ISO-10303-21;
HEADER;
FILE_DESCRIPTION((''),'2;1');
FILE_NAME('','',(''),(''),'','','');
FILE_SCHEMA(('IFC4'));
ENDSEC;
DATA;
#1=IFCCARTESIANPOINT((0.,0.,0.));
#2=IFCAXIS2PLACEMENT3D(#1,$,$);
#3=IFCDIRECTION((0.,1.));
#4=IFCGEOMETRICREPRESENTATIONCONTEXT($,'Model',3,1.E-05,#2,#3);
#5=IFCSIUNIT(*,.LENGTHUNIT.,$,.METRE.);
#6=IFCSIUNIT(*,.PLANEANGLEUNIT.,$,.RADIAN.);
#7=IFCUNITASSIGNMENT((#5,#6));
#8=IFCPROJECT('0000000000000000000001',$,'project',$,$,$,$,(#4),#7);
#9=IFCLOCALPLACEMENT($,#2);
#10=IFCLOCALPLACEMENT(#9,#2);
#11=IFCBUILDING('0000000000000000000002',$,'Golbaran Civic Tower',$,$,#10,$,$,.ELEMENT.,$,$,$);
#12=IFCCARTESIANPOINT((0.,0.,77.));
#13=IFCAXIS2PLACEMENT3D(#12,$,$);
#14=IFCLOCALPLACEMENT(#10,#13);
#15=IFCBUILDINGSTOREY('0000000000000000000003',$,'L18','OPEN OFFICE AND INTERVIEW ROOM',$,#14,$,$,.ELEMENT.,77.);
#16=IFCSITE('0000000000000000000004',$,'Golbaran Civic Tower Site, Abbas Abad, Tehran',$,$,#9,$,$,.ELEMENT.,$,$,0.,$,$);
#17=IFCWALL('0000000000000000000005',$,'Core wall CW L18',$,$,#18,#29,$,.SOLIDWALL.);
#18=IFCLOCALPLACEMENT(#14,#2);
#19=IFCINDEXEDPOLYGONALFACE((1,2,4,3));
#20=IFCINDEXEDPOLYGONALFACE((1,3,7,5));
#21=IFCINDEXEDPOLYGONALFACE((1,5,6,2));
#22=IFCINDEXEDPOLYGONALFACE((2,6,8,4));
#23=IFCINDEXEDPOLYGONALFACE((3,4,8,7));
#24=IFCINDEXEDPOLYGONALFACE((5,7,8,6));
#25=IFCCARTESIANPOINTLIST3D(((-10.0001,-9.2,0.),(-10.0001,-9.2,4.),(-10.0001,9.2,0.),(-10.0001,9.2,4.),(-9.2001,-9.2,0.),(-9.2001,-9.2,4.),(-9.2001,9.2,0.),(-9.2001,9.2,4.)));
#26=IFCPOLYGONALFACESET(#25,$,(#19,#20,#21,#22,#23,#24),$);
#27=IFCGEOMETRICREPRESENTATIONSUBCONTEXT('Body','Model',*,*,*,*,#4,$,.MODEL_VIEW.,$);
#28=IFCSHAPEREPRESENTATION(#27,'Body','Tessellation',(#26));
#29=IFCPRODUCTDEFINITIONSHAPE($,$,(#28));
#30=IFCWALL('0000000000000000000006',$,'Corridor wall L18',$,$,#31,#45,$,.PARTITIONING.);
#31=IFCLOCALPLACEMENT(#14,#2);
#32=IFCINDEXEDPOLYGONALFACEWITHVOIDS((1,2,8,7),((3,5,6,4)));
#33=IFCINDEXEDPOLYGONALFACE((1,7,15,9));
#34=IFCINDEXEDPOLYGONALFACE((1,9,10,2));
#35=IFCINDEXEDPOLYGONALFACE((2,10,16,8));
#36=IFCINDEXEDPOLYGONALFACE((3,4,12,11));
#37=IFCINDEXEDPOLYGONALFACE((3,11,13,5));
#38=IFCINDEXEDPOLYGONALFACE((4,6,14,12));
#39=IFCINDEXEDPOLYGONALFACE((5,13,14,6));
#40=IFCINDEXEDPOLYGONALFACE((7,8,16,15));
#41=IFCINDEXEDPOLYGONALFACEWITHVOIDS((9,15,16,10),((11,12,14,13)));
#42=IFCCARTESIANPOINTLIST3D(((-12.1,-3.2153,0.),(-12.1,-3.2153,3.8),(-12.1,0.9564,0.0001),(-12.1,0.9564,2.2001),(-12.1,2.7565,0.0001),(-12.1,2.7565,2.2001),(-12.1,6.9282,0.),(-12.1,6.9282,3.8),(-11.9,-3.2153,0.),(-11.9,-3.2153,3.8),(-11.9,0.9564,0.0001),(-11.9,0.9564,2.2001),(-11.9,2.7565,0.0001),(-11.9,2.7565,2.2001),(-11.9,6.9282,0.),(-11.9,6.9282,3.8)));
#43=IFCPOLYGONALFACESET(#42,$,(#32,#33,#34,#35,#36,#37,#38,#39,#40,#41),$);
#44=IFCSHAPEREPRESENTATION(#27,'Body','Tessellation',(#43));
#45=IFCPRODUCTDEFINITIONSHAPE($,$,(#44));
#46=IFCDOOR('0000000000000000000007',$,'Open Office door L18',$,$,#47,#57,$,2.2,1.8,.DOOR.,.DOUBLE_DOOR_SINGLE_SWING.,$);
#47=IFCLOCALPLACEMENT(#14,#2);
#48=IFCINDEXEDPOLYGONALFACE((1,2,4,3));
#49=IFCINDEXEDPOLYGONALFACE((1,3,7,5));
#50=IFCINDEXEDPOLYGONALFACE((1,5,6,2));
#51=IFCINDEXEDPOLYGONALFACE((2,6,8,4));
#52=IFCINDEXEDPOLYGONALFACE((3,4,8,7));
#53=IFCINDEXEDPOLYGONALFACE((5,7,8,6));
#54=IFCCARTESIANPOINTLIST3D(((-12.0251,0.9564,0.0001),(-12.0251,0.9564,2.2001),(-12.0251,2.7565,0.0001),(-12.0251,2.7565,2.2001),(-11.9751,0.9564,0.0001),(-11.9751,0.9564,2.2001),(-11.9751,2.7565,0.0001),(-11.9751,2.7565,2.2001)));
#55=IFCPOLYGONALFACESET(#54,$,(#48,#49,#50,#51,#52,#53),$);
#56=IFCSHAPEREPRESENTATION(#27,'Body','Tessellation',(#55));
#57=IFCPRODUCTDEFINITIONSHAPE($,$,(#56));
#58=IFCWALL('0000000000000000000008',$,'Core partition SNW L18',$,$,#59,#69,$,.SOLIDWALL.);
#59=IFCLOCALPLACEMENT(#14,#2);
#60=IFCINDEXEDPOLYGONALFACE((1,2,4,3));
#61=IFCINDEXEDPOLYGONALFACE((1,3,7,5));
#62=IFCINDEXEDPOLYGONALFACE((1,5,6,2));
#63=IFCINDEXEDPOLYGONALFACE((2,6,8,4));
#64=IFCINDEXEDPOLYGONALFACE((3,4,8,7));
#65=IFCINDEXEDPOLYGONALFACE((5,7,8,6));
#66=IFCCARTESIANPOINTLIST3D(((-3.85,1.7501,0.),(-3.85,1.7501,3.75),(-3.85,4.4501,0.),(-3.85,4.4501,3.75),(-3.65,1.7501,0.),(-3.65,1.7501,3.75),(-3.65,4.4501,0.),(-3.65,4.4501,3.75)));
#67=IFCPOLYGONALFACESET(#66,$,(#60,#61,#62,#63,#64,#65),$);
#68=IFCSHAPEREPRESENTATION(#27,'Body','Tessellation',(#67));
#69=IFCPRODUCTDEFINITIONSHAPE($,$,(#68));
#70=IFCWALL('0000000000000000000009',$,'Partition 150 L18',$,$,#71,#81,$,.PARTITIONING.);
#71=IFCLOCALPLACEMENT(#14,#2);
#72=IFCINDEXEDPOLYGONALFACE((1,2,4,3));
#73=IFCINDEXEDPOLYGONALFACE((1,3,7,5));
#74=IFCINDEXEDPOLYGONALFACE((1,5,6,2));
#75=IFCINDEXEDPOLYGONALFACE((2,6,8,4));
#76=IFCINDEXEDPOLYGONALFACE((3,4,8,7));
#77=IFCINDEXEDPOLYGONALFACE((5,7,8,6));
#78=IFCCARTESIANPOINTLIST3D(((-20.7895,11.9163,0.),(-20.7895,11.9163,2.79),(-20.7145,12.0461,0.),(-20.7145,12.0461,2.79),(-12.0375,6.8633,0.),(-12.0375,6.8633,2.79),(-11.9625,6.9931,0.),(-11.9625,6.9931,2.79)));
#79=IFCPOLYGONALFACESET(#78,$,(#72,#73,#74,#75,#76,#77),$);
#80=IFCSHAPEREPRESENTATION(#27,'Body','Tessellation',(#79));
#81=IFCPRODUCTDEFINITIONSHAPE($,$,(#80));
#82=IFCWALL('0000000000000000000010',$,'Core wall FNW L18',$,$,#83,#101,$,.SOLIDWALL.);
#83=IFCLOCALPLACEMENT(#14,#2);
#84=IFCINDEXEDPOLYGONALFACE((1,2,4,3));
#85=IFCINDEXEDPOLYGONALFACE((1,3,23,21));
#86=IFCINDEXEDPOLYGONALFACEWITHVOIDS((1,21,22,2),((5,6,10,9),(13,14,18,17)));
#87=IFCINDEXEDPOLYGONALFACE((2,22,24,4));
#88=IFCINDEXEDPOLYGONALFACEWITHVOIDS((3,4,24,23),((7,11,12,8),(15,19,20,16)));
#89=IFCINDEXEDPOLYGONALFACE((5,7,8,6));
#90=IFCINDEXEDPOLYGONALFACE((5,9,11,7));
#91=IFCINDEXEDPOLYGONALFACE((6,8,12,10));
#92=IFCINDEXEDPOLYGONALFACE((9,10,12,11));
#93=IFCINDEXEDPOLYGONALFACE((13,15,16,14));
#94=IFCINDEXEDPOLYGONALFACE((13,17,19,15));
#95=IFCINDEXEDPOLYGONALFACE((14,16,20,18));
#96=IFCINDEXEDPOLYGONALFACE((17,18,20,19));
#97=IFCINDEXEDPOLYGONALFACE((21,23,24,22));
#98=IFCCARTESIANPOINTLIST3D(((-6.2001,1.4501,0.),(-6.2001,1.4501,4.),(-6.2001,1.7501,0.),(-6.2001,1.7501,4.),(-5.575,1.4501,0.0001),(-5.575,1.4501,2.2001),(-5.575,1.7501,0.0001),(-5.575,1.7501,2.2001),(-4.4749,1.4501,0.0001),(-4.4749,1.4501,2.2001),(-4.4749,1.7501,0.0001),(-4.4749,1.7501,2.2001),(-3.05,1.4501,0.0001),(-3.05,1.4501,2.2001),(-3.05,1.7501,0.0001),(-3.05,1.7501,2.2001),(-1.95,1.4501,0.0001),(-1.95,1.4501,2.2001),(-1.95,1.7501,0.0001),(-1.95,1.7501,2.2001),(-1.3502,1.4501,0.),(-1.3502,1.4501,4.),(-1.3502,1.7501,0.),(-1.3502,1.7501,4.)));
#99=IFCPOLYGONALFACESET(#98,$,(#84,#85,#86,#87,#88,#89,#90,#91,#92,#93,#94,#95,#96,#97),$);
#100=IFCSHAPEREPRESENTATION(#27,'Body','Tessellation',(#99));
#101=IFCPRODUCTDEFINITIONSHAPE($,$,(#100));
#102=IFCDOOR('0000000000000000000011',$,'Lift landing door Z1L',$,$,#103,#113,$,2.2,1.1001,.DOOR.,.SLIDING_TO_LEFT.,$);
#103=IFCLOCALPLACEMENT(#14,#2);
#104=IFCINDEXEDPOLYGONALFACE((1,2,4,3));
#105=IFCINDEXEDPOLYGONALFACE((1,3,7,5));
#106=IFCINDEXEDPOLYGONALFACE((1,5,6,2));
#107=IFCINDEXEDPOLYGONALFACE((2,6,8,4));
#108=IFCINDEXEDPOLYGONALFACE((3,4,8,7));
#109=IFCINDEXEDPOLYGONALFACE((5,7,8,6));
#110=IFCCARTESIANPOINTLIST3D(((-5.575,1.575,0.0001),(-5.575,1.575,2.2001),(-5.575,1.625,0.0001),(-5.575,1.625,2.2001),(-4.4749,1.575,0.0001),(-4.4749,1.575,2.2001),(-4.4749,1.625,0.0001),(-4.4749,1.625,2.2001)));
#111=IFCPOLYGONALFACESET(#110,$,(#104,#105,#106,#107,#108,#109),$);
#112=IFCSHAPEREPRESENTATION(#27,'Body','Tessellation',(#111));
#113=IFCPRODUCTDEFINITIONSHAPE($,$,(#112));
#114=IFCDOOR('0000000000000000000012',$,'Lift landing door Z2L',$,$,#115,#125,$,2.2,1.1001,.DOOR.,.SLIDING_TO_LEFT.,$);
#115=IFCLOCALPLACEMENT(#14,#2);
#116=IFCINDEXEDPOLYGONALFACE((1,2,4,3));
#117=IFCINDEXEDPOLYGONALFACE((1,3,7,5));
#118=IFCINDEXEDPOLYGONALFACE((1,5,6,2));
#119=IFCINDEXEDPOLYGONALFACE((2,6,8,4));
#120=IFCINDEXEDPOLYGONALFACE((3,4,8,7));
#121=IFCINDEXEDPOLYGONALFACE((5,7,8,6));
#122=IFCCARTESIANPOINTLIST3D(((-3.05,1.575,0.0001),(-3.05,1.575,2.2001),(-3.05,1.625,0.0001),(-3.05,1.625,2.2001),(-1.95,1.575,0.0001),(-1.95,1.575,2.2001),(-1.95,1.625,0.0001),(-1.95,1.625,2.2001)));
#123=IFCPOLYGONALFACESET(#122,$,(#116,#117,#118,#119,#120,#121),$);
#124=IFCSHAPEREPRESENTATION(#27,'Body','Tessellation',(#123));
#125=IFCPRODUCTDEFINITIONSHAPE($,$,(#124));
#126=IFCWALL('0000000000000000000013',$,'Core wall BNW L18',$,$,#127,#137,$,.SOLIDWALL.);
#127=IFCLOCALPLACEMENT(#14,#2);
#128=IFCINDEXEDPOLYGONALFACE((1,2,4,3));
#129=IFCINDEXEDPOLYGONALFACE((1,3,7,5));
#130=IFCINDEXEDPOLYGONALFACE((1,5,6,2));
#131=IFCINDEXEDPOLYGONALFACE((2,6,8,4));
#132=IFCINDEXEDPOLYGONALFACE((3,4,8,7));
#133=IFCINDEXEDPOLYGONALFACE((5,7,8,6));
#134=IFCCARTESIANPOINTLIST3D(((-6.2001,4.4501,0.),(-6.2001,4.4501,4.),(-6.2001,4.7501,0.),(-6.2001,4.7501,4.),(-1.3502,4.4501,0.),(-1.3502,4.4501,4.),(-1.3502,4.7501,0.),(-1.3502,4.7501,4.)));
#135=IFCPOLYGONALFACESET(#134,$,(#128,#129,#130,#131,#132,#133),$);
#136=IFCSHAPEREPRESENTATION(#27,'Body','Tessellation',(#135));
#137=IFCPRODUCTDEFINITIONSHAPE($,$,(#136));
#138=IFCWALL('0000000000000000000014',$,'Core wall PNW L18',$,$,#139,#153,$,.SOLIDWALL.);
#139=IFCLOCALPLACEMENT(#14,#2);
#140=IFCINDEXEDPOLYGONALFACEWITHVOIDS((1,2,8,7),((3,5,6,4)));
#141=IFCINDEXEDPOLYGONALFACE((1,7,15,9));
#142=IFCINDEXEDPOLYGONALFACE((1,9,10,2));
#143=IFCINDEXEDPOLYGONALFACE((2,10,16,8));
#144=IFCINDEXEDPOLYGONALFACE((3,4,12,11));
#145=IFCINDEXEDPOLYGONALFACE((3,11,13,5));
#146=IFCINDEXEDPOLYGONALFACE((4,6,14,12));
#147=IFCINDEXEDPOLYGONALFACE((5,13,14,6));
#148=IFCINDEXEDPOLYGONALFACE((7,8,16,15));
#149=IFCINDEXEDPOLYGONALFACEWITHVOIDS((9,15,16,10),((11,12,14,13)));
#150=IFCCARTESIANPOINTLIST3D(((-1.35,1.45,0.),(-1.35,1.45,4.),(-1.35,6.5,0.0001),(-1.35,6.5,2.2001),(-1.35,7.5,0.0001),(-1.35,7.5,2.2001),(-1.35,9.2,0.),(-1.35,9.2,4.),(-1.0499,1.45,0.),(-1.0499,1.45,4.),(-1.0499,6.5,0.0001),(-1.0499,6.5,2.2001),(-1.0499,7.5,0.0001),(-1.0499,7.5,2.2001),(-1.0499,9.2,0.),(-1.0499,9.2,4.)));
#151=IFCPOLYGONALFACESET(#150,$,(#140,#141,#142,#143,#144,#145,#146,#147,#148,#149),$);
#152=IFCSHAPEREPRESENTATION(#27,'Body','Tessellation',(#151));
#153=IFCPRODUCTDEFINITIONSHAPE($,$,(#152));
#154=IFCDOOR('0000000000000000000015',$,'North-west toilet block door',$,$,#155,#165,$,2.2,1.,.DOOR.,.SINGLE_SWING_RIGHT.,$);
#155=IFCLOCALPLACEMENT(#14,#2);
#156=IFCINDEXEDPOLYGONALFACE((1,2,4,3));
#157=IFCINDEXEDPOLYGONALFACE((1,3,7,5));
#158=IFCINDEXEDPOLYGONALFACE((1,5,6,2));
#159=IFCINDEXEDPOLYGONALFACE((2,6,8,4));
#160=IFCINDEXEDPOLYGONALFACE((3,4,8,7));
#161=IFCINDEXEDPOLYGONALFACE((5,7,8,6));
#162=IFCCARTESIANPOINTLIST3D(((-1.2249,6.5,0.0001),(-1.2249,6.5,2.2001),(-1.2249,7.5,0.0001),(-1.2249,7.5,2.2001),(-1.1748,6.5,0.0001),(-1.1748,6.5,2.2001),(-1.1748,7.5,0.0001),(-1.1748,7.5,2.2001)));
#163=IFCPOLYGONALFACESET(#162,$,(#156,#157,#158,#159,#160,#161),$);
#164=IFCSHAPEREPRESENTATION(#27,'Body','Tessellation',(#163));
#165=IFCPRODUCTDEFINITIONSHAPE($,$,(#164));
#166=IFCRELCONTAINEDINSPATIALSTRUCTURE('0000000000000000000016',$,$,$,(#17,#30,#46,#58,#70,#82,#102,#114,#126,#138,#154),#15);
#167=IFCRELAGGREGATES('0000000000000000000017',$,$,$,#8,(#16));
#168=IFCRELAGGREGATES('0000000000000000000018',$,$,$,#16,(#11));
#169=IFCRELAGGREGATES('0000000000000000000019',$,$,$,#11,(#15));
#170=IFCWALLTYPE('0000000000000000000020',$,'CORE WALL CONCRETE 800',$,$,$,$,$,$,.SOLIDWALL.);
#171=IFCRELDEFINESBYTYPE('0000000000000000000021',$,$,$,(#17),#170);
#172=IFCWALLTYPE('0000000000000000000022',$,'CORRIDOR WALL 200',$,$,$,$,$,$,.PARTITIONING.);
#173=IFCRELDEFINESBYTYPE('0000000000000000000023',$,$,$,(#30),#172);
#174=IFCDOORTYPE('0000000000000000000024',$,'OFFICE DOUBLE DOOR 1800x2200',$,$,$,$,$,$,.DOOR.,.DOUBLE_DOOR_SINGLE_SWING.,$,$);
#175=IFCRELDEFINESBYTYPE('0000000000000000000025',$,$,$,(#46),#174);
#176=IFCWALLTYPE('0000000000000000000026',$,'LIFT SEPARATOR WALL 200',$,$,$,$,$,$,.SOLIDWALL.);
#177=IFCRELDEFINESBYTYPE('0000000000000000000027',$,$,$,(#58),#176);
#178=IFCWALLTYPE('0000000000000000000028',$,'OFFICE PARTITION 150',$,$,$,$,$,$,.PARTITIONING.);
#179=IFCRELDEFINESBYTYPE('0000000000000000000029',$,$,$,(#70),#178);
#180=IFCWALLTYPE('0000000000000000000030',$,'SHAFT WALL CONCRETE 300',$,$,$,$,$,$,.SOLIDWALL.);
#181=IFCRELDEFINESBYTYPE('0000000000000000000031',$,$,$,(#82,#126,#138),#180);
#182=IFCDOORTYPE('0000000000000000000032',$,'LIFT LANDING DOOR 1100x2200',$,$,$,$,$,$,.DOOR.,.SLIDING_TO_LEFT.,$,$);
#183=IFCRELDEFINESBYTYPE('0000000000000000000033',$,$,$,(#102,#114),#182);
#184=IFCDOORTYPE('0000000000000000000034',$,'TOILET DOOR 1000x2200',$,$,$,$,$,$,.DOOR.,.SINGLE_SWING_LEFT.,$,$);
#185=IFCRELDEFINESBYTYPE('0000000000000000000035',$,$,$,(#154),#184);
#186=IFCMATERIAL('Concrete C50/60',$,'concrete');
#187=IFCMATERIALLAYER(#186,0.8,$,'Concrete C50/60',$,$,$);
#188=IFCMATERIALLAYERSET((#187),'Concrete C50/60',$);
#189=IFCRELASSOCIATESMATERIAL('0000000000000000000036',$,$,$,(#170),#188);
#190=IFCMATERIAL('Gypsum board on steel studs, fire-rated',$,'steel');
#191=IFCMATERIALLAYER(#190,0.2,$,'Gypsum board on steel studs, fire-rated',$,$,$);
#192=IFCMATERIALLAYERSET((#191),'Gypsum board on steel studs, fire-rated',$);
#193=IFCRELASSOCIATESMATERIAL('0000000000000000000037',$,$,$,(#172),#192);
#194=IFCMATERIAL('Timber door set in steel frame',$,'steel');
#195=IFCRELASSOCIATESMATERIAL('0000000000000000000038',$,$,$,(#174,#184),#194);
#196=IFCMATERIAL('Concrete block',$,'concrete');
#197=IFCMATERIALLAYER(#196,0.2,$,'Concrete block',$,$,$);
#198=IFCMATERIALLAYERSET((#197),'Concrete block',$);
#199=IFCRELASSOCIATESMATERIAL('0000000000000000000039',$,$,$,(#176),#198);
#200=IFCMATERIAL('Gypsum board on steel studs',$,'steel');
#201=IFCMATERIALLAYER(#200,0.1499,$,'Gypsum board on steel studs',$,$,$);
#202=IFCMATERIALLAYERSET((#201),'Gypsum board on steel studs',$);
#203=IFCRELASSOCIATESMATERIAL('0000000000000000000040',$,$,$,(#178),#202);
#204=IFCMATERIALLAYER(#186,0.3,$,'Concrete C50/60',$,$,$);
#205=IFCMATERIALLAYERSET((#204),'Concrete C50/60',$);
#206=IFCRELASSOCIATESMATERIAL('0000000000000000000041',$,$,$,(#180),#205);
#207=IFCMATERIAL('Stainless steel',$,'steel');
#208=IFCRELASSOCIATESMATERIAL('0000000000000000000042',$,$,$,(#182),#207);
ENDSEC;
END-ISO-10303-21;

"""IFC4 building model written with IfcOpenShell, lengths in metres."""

from ifc_helpers import new_model, si_unit, direction, frame, frame_2d, origin, place, context, subcontext, project, spatial, rectangle, extrude, material, layer, layer_set, type_object, element, fill, save


model = new_model("IFC4")

# Units and contexts
model_context = context("Model", 3, precision=1e-05, world=origin(), true_north=direction((0.0, 1.0)))
body_context = subcontext(model_context, "Body", "Model", "MODEL_VIEW")
ifc_project = project(units=[si_unit("LENGTHUNIT", "METRE"), si_unit("PLANEANGLEUNIT", "RADIAN")], contexts=[model_context])

# Site, building, storey
site_placement = place(None, origin())
site = spatial("IfcSite", under=ifc_project, at=site_placement, Name="Golbaran Civic Tower Site, Abbas Abad, Tehran", CompositionType="ELEMENT", RefElevation=0.0)
building_placement = place(site_placement, origin())
building = spatial("IfcBuilding", under=site, at=building_placement, Name="Golbaran Civic Tower", CompositionType="ELEMENT")
storey_placement = place(building_placement, frame((0.0, 0.0, 77.0)))
storey = spatial("IfcBuildingStorey", under=building, at=storey_placement, Name="L18", Description="OPEN OFFICE AND INTERVIEW ROOM", CompositionType="ELEMENT", Elevation=77.0)

# Wall
ifc_material_1 = material(Name="Concrete C50/60", Category="concrete")
ifc_layer_1 = layer(ifc_material_1, 0.8, Name="Concrete C50/60")
ifc_layer_set_1 = layer_set([ifc_layer_1], Name="Concrete C50/60")
wall_type_1 = type_object("IfcWallType", Name="CORE WALL CONCRETE 800", PredefinedType="SOLIDWALL", material=ifc_layer_set_1)
wall_1_placement = place(storey_placement, frame((-9.6001, 9.2, 0.0), z_axis=(0.0, 0.0, 1.0), x_axis=(0.0, -1.0, 0.0)))
element("IfcWall", 1, at=wall_1_placement, inside=storey, type_object=wall_type_1, Name="Core wall CW L18", PredefinedType="SOLIDWALL", context=body_context, shape_type="SweptSolid", body=[
    extrude(rectangle(XDim=18.3999, YDim=0.8, at=frame_2d((9.2, 0.0))), origin(), (0.0, 0.0, 1.0), 4.0),
])

# Wall, opening, door
ifc_material_2 = material(Name="Gypsum board on steel studs, fire-rated", Category="steel")
ifc_layer_2 = layer(ifc_material_2, 0.2, Name="Gypsum board on steel studs, fire-rated")
ifc_layer_set_2 = layer_set([ifc_layer_2], Name="Gypsum board on steel studs, fire-rated")
wall_type_2 = type_object("IfcWallType", Name="CORRIDOR WALL 200", PredefinedType="PARTITIONING", material=ifc_layer_set_2)
wall_2_placement = place(storey_placement, frame((-12.0, 6.9282, 0.0), z_axis=(0.0, 0.0, 1.0), x_axis=(0.0, -1.0, 0.0)))
wall_2 = element("IfcWall", 2, at=wall_2_placement, inside=storey, type_object=wall_type_2, Name="Corridor wall L18", PredefinedType="PARTITIONING", context=body_context, shape_type="SweptSolid", body=[
    extrude(rectangle(XDim=10.1436, YDim=0.2, at=frame_2d((5.0718, 0.0))), origin(), (0.0, 0.0, 1.0), 3.8),
])
opening_1_placement = place(wall_2_placement, frame((4.1719, 0.0, 0.0)))
opening_1 = element("IfcOpeningElement", 3, at=opening_1_placement, cuts=wall_2, PredefinedType="OPENING", context=body_context, shape_type="SweptSolid", body=[
    extrude(rectangle(XDim=1.8, YDim=2.2, at=frame_2d((0.8999, 1.1001))), frame((0.0, 0.1099, 0.0), z_axis=(0.0, -1.0, 0.0), x_axis=(1.0, 0.0, 0.0)), (0.0, 0.0, 1.0), 0.22),
])
ifc_material_3 = material(Name="Timber door set in steel frame", Category="steel")
door_type_1 = type_object("IfcDoorType", Name="OFFICE DOUBLE DOOR 1800x2200", OperationType="DOUBLE_DOOR_SINGLE_SWING", PredefinedType="DOOR", material=ifc_material_3)
door_1_placement = place(opening_1_placement, origin())
door_1 = element("IfcDoor", 4, at=door_1_placement, inside=storey, type_object=door_type_1, Name="Open Office door L18", OperationType="DOUBLE_DOOR_SINGLE_SWING", OverallHeight=2.2, OverallWidth=1.8, PredefinedType="DOOR", context=body_context, shape_type="SweptSolid", body=[
    extrude(rectangle(XDim=1.8, YDim=2.2, at=frame_2d((0.8999, 1.1001))), frame((0.0, 0.0249, 0.0), z_axis=(0.0, -1.0, 0.0), x_axis=(1.0, 0.0, 0.0)), (0.0, 0.0, 1.0), 0.05),
])
fill(opening_1, door_1)

# Walls
ifc_material_4 = material(Name="Concrete block", Category="concrete")
ifc_layer_3 = layer(ifc_material_4, 0.2, Name="Concrete block")
ifc_layer_set_3 = layer_set([ifc_layer_3], Name="Concrete block")
wall_type_3 = type_object("IfcWallType", Name="LIFT SEPARATOR WALL 200", PredefinedType="SOLIDWALL", material=ifc_layer_set_3)
wall_3_placement = place(storey_placement, frame((-3.75, 1.75, 0.0), z_axis=(0.0, 0.0, 1.0), x_axis=(0.0, 1.0, 0.0)))
element("IfcWall", 5, at=wall_3_placement, inside=storey, type_object=wall_type_3, Name="Core partition SNW L18", PredefinedType="SOLIDWALL", context=body_context, shape_type="SweptSolid", body=[
    extrude(rectangle(XDim=2.7, YDim=0.2, at=frame_2d((1.3501, 0.0))), origin(), (0.0, 0.0, 1.0), 3.75),
])
ifc_material_5 = material(Name="Gypsum board on steel studs", Category="steel")
ifc_layer_4 = layer(ifc_material_5, 0.1499, Name="Gypsum board on steel studs")
ifc_layer_set_4 = layer_set([ifc_layer_4], Name="Gypsum board on steel studs")
wall_type_4 = type_object("IfcWallType", Name="OFFICE PARTITION 150", PredefinedType="PARTITIONING", material=ifc_layer_set_4)
wall_4_placement = place(storey_placement, frame((-12.0, 6.9282, 0.0), z_axis=(0.0, 0.0, 1.0), x_axis=(-0.866024, 0.500003, 0.0)))
element("IfcWall", 6, at=wall_4_placement, inside=storey, type_object=wall_type_4, Name="Partition 150 L18", PredefinedType="PARTITIONING", context=body_context, shape_type="SweptSolid", body=[
    extrude(rectangle(XDim=10.106, YDim=0.1499, at=frame_2d((5.053, 0.0))), origin(), (0.0, 0.0, 1.0), 2.79),
])

# Wall, openings, doors
ifc_layer_5 = layer(ifc_material_1, 0.3, Name="Concrete C50/60")
ifc_layer_set_5 = layer_set([ifc_layer_5], Name="Concrete C50/60")
wall_type_5 = type_object("IfcWallType", Name="SHAFT WALL CONCRETE 300", PredefinedType="SOLIDWALL", material=ifc_layer_set_5)
wall_5_placement = place(storey_placement, frame((-6.2, 1.6001, 0.0), z_axis=(0.0, 0.0, 1.0), x_axis=(1.0, 0.0, 0.0)))
wall_5 = element("IfcWall", 7, at=wall_5_placement, inside=storey, type_object=wall_type_5, Name="Core wall FNW L18", PredefinedType="SOLIDWALL", context=body_context, shape_type="SweptSolid", body=[
    extrude(rectangle(XDim=4.8499, YDim=0.3, at=frame_2d((2.4248, 0.0))), origin(), (0.0, 0.0, 1.0), 4.0),
])
opening_2_placement = place(wall_5_placement, frame((0.625, 0.0, 0.0)))
opening_2 = element("IfcOpeningElement", 8, at=opening_2_placement, cuts=wall_5, PredefinedType="OPENING", context=body_context, shape_type="SweptSolid", body=[
    extrude(rectangle(XDim=1.1001, YDim=2.2, at=frame_2d((0.55, 1.1001))), frame((0.0, 0.1599, 0.0), z_axis=(0.0, -1.0, 0.0), x_axis=(1.0, 0.0, 0.0)), (0.0, 0.0, 1.0), 0.3201),
])
opening_3_placement = place(wall_5_placement, frame((3.1499, 0.0, 0.0)))
opening_3 = element("IfcOpeningElement", 9, at=opening_3_placement, cuts=wall_5, PredefinedType="OPENING", context=body_context, shape_type="SweptSolid", body=[
    extrude(rectangle(XDim=1.1001, YDim=2.2, at=frame_2d((0.55, 1.1001))), frame((0.0, 0.1599, 0.0), z_axis=(0.0, -1.0, 0.0), x_axis=(1.0, 0.0, 0.0)), (0.0, 0.0, 1.0), 0.3201),
])
ifc_material_6 = material(Name="Stainless steel", Category="steel")
door_type_2 = type_object("IfcDoorType", Name="LIFT LANDING DOOR 1100x2200", OperationType="SLIDING_TO_LEFT", PredefinedType="DOOR", material=ifc_material_6)
door_2_placement = place(opening_2_placement, origin())
door_2 = element("IfcDoor", 10, at=door_2_placement, inside=storey, type_object=door_type_2, Name="Lift landing door Z1L", OperationType="SLIDING_TO_LEFT", OverallHeight=2.2, OverallWidth=1.1001, PredefinedType="DOOR", context=body_context, shape_type="SweptSolid", body=[
    extrude(rectangle(XDim=1.1001, YDim=2.2, at=frame_2d((0.55, 1.1001))), frame((0.0, 0.0249, 0.0), z_axis=(0.0, -1.0, 0.0), x_axis=(1.0, 0.0, 0.0)), (0.0, 0.0, 1.0), 0.05),
])
fill(opening_2, door_2)
door_3_placement = place(opening_3_placement, origin())
door_3 = element("IfcDoor", 11, at=door_3_placement, inside=storey, type_object=door_type_2, Name="Lift landing door Z2L", OperationType="SLIDING_TO_LEFT", OverallHeight=2.2, OverallWidth=1.1001, PredefinedType="DOOR", context=body_context, shape_type="SweptSolid", body=[
    extrude(rectangle(XDim=1.1001, YDim=2.2, at=frame_2d((0.55, 1.1001))), frame((0.0, 0.0249, 0.0), z_axis=(0.0, -1.0, 0.0), x_axis=(1.0, 0.0, 0.0)), (0.0, 0.0, 1.0), 0.05),
])
fill(opening_3, door_3)

# Wall
wall_6_placement = place(storey_placement, frame((-6.2, 4.6001, 0.0), z_axis=(0.0, 0.0, 1.0), x_axis=(1.0, 0.0, 0.0)))
element("IfcWall", 12, at=wall_6_placement, inside=storey, type_object=wall_type_5, Name="Core wall BNW L18", PredefinedType="SOLIDWALL", context=body_context, shape_type="SweptSolid", body=[
    extrude(rectangle(XDim=4.8499, YDim=0.3, at=frame_2d((2.4248, 0.0))), origin(), (0.0, 0.0, 1.0), 4.0),
])

# Wall, opening, door
wall_7_placement = place(storey_placement, frame((-1.2, 1.45, 0.0), z_axis=(0.0, 0.0, 1.0), x_axis=(0.0, 1.0, 0.0)))
wall_7 = element("IfcWall", 13, at=wall_7_placement, inside=storey, type_object=wall_type_5, Name="Core wall PNW L18", PredefinedType="SOLIDWALL", context=body_context, shape_type="SweptSolid", body=[
    extrude(rectangle(XDim=7.75, YDim=0.3, at=frame_2d((3.875, 0.0))), origin(), (0.0, 0.0, 1.0), 4.0),
])
opening_4_placement = place(wall_7_placement, frame((5.05, 0.0, 0.0)))
opening_4 = element("IfcOpeningElement", 14, at=opening_4_placement, cuts=wall_7, PredefinedType="OPENING", context=body_context, shape_type="SweptSolid", body=[
    extrude(rectangle(XDim=1.0, YDim=2.2, at=frame_2d((0.5, 1.1001))), frame((0.0, 0.1599, 0.0), z_axis=(0.0, -1.0, 0.0), x_axis=(1.0, 0.0, 0.0)), (0.0, 0.0, 1.0), 0.3201),
])
door_type_3 = type_object("IfcDoorType", Name="TOILET DOOR 1000x2200", OperationType="SINGLE_SWING_LEFT", PredefinedType="DOOR", material=ifc_material_3)
door_4_placement = place(opening_4_placement, origin())
door_4 = element("IfcDoor", 15, at=door_4_placement, inside=storey, type_object=door_type_3, Name="North-west toilet block door", OperationType="SINGLE_SWING_RIGHT", OverallHeight=2.2, OverallWidth=1.0, PredefinedType="DOOR", context=body_context, shape_type="SweptSolid", body=[
    extrude(rectangle(XDim=1.0, YDim=2.2, at=frame_2d((0.5, 1.1001))), frame((0.0, 0.0249, 0.0), z_axis=(0.0, -1.0, 0.0), x_axis=(1.0, 0.0, 0.0)), (0.0, 0.0, 1.0), 0.05),
])
fill(opening_4, door_4)

save(model, "model.ifc")
